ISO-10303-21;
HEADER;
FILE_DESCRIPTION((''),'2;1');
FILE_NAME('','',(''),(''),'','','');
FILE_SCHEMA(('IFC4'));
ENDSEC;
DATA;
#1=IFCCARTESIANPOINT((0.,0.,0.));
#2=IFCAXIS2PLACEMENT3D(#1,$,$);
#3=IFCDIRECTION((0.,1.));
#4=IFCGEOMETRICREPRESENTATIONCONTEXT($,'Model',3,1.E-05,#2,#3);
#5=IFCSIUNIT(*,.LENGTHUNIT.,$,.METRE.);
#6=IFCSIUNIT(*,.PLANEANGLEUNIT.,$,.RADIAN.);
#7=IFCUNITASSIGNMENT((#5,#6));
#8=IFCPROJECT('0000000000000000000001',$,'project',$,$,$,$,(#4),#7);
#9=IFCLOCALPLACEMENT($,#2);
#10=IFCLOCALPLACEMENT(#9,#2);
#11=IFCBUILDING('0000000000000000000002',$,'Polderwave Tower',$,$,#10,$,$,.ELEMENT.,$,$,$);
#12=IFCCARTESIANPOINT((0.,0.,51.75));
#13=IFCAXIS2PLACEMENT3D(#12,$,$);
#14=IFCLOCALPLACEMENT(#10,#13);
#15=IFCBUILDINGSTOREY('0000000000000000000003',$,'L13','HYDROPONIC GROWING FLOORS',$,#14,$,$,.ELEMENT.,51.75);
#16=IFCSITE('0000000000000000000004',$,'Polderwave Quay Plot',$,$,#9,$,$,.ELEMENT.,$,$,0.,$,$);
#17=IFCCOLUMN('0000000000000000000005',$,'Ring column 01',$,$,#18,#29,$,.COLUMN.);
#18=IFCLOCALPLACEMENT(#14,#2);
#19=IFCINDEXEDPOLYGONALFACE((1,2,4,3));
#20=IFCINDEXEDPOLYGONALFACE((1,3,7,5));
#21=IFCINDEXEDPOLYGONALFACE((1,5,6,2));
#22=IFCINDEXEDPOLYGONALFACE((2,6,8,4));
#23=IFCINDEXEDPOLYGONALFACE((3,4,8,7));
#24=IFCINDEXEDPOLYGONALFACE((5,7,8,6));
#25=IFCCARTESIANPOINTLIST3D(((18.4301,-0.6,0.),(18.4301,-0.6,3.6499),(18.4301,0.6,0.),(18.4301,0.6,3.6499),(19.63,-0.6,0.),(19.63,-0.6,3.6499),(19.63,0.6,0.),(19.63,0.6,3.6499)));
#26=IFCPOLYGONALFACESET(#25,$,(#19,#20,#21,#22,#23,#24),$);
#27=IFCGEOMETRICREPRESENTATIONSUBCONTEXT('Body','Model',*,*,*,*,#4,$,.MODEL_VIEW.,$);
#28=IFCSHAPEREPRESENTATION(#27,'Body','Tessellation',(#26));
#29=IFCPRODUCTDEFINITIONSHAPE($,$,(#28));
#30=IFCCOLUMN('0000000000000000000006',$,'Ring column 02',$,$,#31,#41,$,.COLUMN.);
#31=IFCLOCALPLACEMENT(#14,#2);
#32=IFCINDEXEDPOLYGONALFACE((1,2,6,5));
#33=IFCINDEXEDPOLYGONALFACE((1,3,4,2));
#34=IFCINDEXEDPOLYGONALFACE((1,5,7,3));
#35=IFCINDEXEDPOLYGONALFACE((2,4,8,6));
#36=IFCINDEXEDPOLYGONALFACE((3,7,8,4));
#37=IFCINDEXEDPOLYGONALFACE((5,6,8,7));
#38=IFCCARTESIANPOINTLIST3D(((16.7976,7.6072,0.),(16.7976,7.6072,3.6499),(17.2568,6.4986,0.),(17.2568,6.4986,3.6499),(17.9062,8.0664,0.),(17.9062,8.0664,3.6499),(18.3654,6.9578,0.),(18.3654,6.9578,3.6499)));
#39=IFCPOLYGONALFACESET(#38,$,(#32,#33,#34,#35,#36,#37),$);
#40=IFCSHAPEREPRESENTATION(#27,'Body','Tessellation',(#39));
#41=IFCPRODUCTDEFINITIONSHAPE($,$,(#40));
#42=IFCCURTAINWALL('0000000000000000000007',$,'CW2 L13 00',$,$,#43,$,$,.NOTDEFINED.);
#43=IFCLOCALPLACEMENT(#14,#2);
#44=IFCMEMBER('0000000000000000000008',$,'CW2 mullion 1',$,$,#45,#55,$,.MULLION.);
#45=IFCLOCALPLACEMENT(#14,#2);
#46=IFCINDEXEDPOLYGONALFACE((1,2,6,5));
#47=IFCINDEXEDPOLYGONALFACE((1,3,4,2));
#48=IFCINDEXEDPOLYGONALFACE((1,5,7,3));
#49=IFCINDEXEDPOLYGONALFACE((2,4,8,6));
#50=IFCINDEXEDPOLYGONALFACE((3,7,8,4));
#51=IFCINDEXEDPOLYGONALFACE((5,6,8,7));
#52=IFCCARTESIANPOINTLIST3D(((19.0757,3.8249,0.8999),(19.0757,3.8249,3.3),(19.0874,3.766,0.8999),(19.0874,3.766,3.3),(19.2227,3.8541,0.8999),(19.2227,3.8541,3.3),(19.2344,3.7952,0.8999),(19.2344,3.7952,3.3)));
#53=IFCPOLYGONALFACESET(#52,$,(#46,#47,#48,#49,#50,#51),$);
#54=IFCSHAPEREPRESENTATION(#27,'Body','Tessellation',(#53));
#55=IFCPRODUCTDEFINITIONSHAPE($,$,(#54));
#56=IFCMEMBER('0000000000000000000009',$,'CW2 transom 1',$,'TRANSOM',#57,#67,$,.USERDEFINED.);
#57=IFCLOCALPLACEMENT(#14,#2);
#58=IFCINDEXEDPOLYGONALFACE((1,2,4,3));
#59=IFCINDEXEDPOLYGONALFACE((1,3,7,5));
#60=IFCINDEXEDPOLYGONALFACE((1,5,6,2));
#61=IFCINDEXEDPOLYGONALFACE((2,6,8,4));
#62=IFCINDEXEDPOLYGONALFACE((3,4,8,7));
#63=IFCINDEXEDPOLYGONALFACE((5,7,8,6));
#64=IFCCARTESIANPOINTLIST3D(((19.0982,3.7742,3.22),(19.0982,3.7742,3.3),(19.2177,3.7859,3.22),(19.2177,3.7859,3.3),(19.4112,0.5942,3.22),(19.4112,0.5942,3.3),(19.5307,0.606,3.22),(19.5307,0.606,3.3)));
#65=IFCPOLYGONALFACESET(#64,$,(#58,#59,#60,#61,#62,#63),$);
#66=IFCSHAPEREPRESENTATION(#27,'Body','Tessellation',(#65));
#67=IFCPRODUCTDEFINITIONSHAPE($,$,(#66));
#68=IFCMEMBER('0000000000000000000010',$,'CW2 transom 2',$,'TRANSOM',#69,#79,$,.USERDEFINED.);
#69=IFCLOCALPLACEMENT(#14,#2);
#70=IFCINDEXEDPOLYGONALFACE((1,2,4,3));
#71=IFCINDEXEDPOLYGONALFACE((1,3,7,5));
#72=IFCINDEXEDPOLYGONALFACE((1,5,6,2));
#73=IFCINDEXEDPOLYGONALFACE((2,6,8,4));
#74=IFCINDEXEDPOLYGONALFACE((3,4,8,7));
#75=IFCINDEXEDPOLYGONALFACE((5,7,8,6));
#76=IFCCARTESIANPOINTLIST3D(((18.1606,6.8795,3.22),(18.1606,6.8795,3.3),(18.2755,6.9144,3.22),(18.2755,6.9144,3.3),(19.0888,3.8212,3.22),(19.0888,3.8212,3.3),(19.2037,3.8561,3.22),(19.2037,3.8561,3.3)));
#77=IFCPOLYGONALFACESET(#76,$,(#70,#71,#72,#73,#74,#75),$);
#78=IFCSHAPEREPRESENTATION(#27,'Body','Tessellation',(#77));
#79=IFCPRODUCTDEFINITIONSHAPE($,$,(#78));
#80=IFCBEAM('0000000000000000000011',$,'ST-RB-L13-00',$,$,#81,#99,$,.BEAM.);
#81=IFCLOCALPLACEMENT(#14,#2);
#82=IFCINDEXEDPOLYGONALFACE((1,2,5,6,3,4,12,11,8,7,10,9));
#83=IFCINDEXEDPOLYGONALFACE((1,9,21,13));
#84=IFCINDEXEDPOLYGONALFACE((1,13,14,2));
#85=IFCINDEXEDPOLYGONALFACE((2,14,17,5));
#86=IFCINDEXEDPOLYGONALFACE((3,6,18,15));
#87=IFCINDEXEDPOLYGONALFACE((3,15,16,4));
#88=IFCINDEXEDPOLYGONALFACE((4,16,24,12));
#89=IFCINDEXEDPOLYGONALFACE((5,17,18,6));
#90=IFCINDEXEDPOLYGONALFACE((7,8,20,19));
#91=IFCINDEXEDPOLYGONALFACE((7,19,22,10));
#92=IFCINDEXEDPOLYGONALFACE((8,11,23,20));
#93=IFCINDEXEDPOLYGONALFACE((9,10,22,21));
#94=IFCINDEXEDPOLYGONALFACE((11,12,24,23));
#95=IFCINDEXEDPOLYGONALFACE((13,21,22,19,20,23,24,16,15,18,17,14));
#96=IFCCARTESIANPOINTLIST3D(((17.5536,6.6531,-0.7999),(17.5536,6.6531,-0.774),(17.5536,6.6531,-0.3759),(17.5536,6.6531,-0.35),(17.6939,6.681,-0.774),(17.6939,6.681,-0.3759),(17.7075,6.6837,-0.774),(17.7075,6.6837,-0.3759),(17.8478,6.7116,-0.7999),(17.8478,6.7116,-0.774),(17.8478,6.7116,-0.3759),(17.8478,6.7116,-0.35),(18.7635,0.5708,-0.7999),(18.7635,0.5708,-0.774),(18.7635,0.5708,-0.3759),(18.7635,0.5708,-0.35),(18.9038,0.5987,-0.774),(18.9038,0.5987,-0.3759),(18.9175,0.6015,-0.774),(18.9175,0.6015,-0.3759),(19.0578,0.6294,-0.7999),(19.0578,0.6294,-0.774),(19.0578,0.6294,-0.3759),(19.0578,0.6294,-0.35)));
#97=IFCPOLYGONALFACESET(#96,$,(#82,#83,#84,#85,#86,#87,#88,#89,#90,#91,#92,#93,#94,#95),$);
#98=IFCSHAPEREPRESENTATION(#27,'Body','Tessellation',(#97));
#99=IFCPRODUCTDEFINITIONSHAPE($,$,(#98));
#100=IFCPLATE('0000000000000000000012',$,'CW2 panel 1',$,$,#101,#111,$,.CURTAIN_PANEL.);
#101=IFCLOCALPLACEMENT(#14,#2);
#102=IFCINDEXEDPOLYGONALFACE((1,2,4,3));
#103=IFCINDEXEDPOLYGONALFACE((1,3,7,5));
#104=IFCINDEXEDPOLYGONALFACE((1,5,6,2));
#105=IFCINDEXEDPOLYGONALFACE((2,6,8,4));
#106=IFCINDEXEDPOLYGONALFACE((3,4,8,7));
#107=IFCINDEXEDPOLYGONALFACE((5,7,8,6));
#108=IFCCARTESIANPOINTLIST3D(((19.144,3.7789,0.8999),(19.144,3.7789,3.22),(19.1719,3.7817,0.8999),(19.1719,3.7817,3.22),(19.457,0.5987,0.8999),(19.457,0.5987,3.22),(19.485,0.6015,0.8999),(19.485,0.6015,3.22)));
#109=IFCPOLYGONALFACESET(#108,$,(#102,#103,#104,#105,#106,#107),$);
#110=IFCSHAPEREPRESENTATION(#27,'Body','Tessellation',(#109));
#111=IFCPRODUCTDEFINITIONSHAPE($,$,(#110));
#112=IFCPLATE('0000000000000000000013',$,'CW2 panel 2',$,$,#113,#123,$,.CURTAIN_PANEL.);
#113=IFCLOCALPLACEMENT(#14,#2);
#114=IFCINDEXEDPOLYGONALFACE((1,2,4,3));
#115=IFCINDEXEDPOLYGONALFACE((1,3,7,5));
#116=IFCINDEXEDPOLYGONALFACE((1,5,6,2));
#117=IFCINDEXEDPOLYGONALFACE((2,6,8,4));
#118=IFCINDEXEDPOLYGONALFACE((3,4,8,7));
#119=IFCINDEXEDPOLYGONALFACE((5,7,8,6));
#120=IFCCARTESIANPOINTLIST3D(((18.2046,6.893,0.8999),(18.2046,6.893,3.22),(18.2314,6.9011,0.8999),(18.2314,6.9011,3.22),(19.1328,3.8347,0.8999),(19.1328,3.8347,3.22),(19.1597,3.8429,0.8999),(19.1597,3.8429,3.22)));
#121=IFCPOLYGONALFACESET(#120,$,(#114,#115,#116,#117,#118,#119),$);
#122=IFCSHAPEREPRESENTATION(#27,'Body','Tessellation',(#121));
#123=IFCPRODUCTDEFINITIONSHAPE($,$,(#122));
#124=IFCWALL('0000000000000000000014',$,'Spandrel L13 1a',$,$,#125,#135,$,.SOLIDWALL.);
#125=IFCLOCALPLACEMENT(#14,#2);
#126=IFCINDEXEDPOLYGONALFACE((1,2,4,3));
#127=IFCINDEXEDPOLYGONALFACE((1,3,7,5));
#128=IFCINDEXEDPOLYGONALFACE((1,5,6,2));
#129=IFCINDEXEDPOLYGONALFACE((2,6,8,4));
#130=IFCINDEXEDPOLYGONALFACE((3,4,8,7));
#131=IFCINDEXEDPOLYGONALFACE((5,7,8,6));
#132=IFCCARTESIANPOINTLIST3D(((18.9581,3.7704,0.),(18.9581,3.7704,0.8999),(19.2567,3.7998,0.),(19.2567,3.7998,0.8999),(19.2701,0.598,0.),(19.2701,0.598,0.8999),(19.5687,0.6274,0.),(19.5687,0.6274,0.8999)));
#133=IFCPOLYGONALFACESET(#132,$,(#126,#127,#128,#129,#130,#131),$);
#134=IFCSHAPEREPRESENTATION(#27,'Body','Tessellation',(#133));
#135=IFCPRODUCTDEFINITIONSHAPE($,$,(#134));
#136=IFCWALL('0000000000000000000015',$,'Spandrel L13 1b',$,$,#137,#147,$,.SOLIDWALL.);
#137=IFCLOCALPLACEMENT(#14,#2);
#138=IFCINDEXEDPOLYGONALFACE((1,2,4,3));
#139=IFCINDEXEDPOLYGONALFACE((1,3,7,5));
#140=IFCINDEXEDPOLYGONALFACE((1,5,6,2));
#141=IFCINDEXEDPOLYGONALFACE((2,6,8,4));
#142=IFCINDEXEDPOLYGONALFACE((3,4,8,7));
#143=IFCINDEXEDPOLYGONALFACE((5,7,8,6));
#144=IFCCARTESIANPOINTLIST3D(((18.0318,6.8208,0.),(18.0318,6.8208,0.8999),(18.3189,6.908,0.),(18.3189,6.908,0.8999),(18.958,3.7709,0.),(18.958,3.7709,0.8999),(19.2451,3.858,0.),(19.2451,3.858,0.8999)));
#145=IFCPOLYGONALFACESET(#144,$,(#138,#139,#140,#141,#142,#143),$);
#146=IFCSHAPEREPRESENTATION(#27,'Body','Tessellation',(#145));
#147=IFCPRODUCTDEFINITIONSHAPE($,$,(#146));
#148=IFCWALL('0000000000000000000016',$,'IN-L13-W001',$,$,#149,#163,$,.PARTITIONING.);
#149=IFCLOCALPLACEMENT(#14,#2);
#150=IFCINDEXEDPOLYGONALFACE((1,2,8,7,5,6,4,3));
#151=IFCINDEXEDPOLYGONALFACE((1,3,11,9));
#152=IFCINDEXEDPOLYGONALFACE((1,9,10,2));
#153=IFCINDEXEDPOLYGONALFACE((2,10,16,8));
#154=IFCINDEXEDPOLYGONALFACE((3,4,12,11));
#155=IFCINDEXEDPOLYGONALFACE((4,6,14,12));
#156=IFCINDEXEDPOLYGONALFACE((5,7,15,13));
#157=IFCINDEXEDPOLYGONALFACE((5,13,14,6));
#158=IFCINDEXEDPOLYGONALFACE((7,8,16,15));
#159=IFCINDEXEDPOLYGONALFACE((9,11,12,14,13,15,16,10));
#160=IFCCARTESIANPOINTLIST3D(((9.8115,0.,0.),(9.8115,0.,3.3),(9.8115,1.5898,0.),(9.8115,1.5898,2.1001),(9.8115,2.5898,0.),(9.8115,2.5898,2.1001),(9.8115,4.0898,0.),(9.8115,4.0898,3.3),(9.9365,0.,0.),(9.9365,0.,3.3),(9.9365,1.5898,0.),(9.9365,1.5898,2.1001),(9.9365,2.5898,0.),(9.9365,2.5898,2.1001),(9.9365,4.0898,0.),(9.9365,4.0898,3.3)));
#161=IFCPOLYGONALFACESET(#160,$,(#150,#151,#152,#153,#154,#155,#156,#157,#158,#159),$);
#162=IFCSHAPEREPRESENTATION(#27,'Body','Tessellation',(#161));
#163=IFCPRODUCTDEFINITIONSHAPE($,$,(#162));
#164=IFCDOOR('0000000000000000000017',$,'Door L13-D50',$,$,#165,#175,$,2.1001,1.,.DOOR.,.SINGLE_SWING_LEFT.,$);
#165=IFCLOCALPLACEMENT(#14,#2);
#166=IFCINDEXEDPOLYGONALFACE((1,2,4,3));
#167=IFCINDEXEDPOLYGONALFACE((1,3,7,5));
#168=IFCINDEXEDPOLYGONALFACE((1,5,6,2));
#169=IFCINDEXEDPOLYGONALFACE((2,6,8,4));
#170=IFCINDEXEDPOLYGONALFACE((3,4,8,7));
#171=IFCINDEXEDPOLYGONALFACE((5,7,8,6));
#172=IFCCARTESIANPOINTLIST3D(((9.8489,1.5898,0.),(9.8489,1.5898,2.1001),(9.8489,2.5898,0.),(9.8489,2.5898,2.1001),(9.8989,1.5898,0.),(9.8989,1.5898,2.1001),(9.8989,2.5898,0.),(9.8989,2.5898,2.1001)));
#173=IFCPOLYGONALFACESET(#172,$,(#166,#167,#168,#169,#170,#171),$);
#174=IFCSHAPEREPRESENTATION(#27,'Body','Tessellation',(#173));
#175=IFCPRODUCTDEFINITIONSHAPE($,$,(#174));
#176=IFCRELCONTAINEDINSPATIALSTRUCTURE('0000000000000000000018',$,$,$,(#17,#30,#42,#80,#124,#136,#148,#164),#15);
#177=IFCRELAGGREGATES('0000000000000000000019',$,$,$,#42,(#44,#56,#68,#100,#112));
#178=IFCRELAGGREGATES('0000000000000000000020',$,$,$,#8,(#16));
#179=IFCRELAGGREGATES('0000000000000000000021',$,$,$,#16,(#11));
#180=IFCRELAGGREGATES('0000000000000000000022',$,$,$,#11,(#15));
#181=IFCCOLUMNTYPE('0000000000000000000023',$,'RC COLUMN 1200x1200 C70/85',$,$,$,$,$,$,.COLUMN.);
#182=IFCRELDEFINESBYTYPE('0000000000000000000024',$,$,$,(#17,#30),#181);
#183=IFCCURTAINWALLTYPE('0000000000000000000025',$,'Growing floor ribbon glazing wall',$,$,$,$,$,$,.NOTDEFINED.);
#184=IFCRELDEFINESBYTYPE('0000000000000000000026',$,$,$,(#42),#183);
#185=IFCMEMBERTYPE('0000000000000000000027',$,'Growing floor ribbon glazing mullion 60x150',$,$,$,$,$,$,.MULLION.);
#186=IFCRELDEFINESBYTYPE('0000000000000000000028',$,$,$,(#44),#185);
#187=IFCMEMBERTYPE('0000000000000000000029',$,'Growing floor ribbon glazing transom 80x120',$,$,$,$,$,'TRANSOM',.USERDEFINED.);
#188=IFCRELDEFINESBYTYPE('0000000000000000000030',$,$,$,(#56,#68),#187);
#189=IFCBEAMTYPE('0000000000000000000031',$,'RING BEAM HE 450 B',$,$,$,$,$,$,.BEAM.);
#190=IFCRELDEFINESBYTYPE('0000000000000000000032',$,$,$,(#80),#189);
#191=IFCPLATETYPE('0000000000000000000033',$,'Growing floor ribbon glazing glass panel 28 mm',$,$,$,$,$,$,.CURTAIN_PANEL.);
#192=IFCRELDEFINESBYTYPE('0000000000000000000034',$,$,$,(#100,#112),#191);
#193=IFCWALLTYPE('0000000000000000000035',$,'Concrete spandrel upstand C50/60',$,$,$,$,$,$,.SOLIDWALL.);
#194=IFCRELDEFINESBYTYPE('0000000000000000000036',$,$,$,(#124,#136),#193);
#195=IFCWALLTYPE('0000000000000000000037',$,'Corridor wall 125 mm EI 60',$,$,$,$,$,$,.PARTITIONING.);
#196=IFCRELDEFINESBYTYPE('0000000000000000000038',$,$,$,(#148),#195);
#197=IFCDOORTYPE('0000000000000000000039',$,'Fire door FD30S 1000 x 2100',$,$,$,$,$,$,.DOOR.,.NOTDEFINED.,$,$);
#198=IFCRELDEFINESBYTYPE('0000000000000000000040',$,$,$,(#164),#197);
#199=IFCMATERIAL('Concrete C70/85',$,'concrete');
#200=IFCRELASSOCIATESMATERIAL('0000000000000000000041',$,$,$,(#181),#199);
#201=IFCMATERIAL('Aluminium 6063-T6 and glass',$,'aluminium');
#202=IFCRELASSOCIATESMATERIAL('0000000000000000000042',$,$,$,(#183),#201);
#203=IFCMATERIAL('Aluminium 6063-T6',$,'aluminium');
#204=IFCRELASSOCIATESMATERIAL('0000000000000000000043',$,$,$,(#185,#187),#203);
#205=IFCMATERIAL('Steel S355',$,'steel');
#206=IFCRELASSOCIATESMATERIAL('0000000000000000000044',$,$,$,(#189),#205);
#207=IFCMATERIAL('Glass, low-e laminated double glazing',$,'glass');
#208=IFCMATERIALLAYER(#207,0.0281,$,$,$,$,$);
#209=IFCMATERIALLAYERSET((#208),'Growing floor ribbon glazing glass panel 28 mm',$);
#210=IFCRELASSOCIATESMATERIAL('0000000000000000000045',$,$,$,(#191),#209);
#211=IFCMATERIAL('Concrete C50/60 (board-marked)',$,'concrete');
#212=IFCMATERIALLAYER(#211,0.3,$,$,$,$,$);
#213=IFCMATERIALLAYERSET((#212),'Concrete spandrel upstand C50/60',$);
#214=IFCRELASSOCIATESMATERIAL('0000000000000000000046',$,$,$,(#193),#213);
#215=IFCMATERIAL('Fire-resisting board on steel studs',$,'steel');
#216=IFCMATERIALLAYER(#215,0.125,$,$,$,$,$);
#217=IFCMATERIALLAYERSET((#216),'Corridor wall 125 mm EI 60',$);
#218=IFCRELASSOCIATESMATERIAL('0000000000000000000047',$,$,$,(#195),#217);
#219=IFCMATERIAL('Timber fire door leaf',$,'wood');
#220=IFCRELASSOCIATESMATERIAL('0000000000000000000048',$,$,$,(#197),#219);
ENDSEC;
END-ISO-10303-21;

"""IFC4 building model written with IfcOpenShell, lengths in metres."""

from ifc_helpers import new_model, si_unit, direction, frame, frame_2d, origin, origin_2d, place, context, subcontext, project, spatial, rectangle, i_section, extrude, material, layer, layer_set, material_profile, profile_set, type_object, element, fill, aggregate, save


model = new_model("IFC4")

# Units and contexts
model_context = context("Model", 3, precision=1e-05, world=origin(), true_north=direction((0.0, 1.0)))
body_context = subcontext(model_context, "Body", "Model", "MODEL_VIEW")
ifc_project = project(units=[si_unit("LENGTHUNIT", "METRE"), si_unit("PLANEANGLEUNIT", "RADIAN")], contexts=[model_context])

# Site, building, storey
site_placement = place(None, origin())
site = spatial("IfcSite", under=ifc_project, at=site_placement, Name="Polderwave Quay Plot", CompositionType="ELEMENT", RefElevation=0.0)
building_placement = place(site_placement, origin())
building = spatial("IfcBuilding", under=site, at=building_placement, Name="Polderwave Tower", CompositionType="ELEMENT")
storey_placement = place(building_placement, frame((0.0, 0.0, 51.75)))
storey = spatial("IfcBuildingStorey", under=building, at=storey_placement, Name="L13", Description="HYDROPONIC GROWING FLOORS", CompositionType="ELEMENT", Elevation=51.75)

# Columns
ifc_material_1 = material(Name="Concrete C70/85", Category="concrete")
ifc_material_profile_1 = material_profile(ifc_material_1, rectangle(XDim=1.2, YDim=1.2, at=origin_2d()), Name="RC 1200x1200")
ifc_profile_set_1 = profile_set([ifc_material_profile_1], Name="Concrete C70/85")
column_type = type_object("IfcColumnType", Name="RC COLUMN 1200x1200 C70/85", PredefinedType="COLUMN", material=ifc_profile_set_1)
for number, where, z_axis, x_axis, name in (
    (1, (19.03, 0.0, 0.0), (0.0, 0.0, 1.0), (1.0, 0.0, 0.0), "Ring column 01"),
    (2, (17.5815, 7.2825, 0.0), (0.0, 0.0, 1.0), (0.92388, 0.382683, 0.0), "Ring column 02"),
):
    element("IfcColumn", number, at=place(storey_placement, frame(where, z_axis=z_axis, x_axis=x_axis)), inside=storey, type_object=column_type, Name=name, PredefinedType="COLUMN", context=body_context, shape_type="SweptSolid", body=[
        extrude(rectangle(XDim=1.2, YDim=1.2, at=origin_2d()), origin(), (0.0, 0.0, 1.0), 3.6499),
    ])

# Curtain wall, members
ifc_material_2 = material(Name="Aluminium 6063-T6 and glass", Category="aluminium")
curtain_wall_type = type_object("IfcCurtainWallType", Name="Growing floor ribbon glazing wall", PredefinedType="NOTDEFINED", material=ifc_material_2)
curtain_wall_placement = place(storey_placement, origin())
curtain_wall = element("IfcCurtainWall", 3, at=curtain_wall_placement, inside=storey, type_object=curtain_wall_type, Name="CW2 L13 00", PredefinedType="NOTDEFINED")
ifc_material_3 = material(Name="Aluminium 6063-T6", Category="aluminium")
ifc_material_profile_2 = material_profile(ifc_material_3, rectangle(XDim=0.1499, YDim=0.0601, at=origin_2d()), Name="AL 60x150")
ifc_profile_set_2 = profile_set([ifc_material_profile_2], Name="Aluminium 6063-T6")
member_type_1 = type_object("IfcMemberType", Name="Growing floor ribbon glazing mullion 60x150", PredefinedType="MULLION", material=ifc_profile_set_2)
member_1_placement = place(storey_placement, frame((19.155, 3.8101, 0.8999), z_axis=(0.0, 0.0, 1.0), x_axis=(-0.980774, -0.195149, 0.0)))
member_1 = element("IfcMember", 4, at=member_1_placement, type_object=member_type_1, Name="CW2 mullion 1", PredefinedType="MULLION", context=body_context, shape_type="SweptSolid", body=[
    extrude(rectangle(XDim=0.1499, YDim=0.0601, at=origin_2d()), origin(), (0.0, 0.0, 1.0), 2.4001),
])
ifc_material_profile_3 = material_profile(ifc_material_3, rectangle(XDim=0.1201, YDim=0.0801, at=origin_2d()), Name="AL 80x120")
ifc_profile_set_3 = profile_set([ifc_material_profile_3], Name="Aluminium 6063-T6")
member_type_2 = type_object("IfcMemberType", Name="Growing floor ribbon glazing transom 80x120", ElementType="TRANSOM", PredefinedType="USERDEFINED", material=ifc_profile_set_3)
member_2_placement = place(storey_placement, frame((19.4709, 0.6001, 3.26), z_axis=(-0.097953, 0.995191, 0.0), x_axis=(-0.995191, -0.097953, 0.0)))
member_2 = element("IfcMember", 5, at=member_2_placement, type_object=member_type_2, Name="CW2 transom 1", ObjectType="TRANSOM", PredefinedType="USERDEFINED", context=body_context, shape_type="SweptSolid", body=[
    extrude(rectangle(XDim=0.1201, YDim=0.0801, at=origin_2d()), origin(), (0.0, 0.0, 1.0), 3.1953),
])
member_3_placement = place(storey_placement, frame((19.1462, 3.8386, 3.26), z_axis=(-0.290423, 0.956898, 0.0), x_axis=(-0.956898, -0.290423, 0.0)))
member_3 = element("IfcMember", 6, at=member_3_placement, type_object=member_type_2, Name="CW2 transom 2", ObjectType="TRANSOM", PredefinedType="USERDEFINED", context=body_context, shape_type="SweptSolid", body=[
    extrude(rectangle(XDim=0.1201, YDim=0.0801, at=origin_2d()), origin(), (0.0, 0.0, 1.0), 3.196),
])

# Beam
ifc_material_4 = material(Name="Steel S355", Category="steel")
ifc_material_profile_4 = material_profile(ifc_material_4, i_section(OverallWidth=0.3, OverallDepth=0.45, WebThickness=0.0139, FlangeThickness=0.0259, at=origin_2d()), Name="HE 450 B")
ifc_profile_set_4 = profile_set([ifc_material_profile_4], Name="Steel S355")
beam_type = type_object("IfcBeamType", Name="RING BEAM HE 450 B", PredefinedType="BEAM", material=ifc_profile_set_4)
beam_placement = place(storey_placement, frame((18.9106, 0.6001, -0.575), z_axis=(-0.195109, 0.980782, 0.0), x_axis=(-0.980782, -0.195109, 0.0)))
element("IfcBeam", 7, at=beam_placement, inside=storey, type_object=beam_type, Name="ST-RB-L13-00", PredefinedType="BEAM", context=body_context, shape_type="SweptSolid", body=[
    extrude(i_section(OverallWidth=0.3, OverallDepth=0.45, WebThickness=0.0139, FlangeThickness=0.0259, at=origin_2d()), origin(), (0.0, 0.0, 1.0), 6.2014),
])

# Plates
ifc_material_5 = material(Name="Glass, low-e laminated double glazing", Category="glass")
ifc_layer_1 = layer(ifc_material_5, 0.0281)
ifc_layer_set_1 = layer_set([ifc_layer_1], Name="Growing floor ribbon glazing glass panel 28 mm")
plate_type = type_object("IfcPlateType", Name="Growing floor ribbon glazing glass panel 28 mm", PredefinedType="CURTAIN_PANEL", material=ifc_layer_set_1)
plate_1_placement = place(storey_placement, frame((19.3145, 2.1902, 0.8999), z_axis=(0.0, 0.0, 1.0), x_axis=(-0.097969, 0.99519, 0.0)))
plate_1 = element("IfcPlate", 8, at=plate_1_placement, type_object=plate_type, Name="CW2 panel 1", PredefinedType="CURTAIN_PANEL", context=body_context, shape_type="SweptSolid", body=[
    extrude(rectangle(XDim=3.1956, YDim=0.0281, at=origin_2d()), origin(), (0.0, 0.0, 1.0), 2.3201),
])
plate_2_placement = place(storey_placement, frame((18.6821, 5.3679, 0.8999), z_axis=(0.0, 0.0, 1.0), x_axis=(-0.290447, 0.956891, 0.0)))
plate_2 = element("IfcPlate", 9, at=plate_2_placement, type_object=plate_type, Name="CW2 panel 2", PredefinedType="CURTAIN_PANEL", context=body_context, shape_type="SweptSolid", body=[
    extrude(rectangle(XDim=3.196, YDim=0.0281, at=origin_2d()), origin(), (0.0, 0.0, 1.0), 2.3201),
])
aggregate(curtain_wall, [member_1, member_2, member_3, plate_1, plate_2])

# Walls
ifc_material_6 = material(Name="Concrete C50/60 (board-marked)", Category="concrete")
ifc_layer_2 = layer(ifc_material_6, 0.3)
ifc_layer_set_2 = layer_set([ifc_layer_2], Name="Concrete spandrel upstand C50/60")
wall_type_1 = type_object("IfcWallType", Name="Concrete spandrel upstand C50/60", PredefinedType="SOLIDWALL", material=ifc_layer_set_2)
wall_1_placement = place(storey_placement, frame((19.4194, 0.6128, 0.0), z_axis=(0.0, 0.0, 1.0), x_axis=(-0.097881, 0.995198, 0.0)))
element("IfcWall", 10, at=wall_1_placement, inside=storey, type_object=wall_type_1, Name="Spandrel L13 1a", PredefinedType="SOLIDWALL", context=body_context, shape_type="SweptSolid", body=[
    extrude(rectangle(XDim=3.1877, YDim=0.3, at=frame_2d((1.5938, 0.0))), origin(), (0.0, 0.0, 1.0), 0.8999),
])
wall_2_placement = place(storey_placement, frame((19.1016, 3.8145, 0.0), z_axis=(0.0, 0.0, 1.0), x_axis=(-0.290586, 0.956849, 0.0)))
element("IfcWall", 11, at=wall_2_placement, inside=storey, type_object=wall_type_1, Name="Spandrel L13 1b", PredefinedType="SOLIDWALL", context=body_context, shape_type="SweptSolid", body=[
    extrude(rectangle(XDim=3.1875, YDim=0.3, at=frame_2d((1.5938, 0.0))), origin(), (0.0, 0.0, 1.0), 0.8999),
])

# Wall, opening, door
ifc_material_7 = material(Name="Fire-resisting board on steel studs", Category="steel")
ifc_layer_3 = layer(ifc_material_7, 0.125)
ifc_layer_set_3 = layer_set([ifc_layer_3], Name="Corridor wall 125 mm EI 60")
wall_type_2 = type_object("IfcWallType", Name="Corridor wall 125 mm EI 60", PredefinedType="PARTITIONING", material=ifc_layer_set_3)
wall_3_placement = place(storey_placement, frame((9.874, 4.0898, 0.0), z_axis=(0.0, 0.0, 1.0), x_axis=(0.0, -1.0, 0.0)))
wall_3 = element("IfcWall", 12, at=wall_3_placement, inside=storey, type_object=wall_type_2, Name="IN-L13-W001", PredefinedType="PARTITIONING", context=body_context, shape_type="SweptSolid", body=[
    extrude(rectangle(XDim=4.0898, YDim=0.125, at=frame_2d((2.0449, 0.0))), origin(), (0.0, 0.0, 1.0), 3.3),
])
opening_1_placement = place(wall_3_placement, frame((1.5, 0.0, 0.0)))
opening_1 = element("IfcOpeningElement", 13, at=opening_1_placement, cuts=wall_3, PredefinedType="OPENING", context=body_context, shape_type="SweptSolid", body=[
    extrude(rectangle(XDim=1.0, YDim=2.1001, at=frame_2d((0.5, 1.05))), frame((0.0, 0.0725, 0.0), z_axis=(0.0, -1.0, 0.0), x_axis=(1.0, 0.0, 0.0)), (0.0, 0.0, 1.0), 0.145),
])
ifc_material_8 = material(Name="Timber fire door leaf", Category="wood")
door_type_1 = type_object("IfcDoorType", Name="Fire door FD30S 1000 x 2100", OperationType="NOTDEFINED", PredefinedType="DOOR", material=ifc_material_8)
door_1_placement = place(opening_1_placement, origin())
door_1 = element("IfcDoor", 14, at=door_1_placement, inside=storey, type_object=door_type_1, Name="Door L13-D50", OperationType="SINGLE_SWING_LEFT", OverallHeight=2.1001, OverallWidth=1.0, PredefinedType="DOOR", context=body_context, shape_type="SweptSolid", body=[
    extrude(rectangle(XDim=1.0, YDim=2.1001, at=frame_2d((0.5, 1.05))), frame((0.0, 0.0249, 0.0), z_axis=(0.0, -1.0, 0.0), x_axis=(1.0, 0.0, 0.0)), (0.0, 0.0, 1.0), 0.05),
])
fill(opening_1, door_1)

save(model, "model.ifc")
